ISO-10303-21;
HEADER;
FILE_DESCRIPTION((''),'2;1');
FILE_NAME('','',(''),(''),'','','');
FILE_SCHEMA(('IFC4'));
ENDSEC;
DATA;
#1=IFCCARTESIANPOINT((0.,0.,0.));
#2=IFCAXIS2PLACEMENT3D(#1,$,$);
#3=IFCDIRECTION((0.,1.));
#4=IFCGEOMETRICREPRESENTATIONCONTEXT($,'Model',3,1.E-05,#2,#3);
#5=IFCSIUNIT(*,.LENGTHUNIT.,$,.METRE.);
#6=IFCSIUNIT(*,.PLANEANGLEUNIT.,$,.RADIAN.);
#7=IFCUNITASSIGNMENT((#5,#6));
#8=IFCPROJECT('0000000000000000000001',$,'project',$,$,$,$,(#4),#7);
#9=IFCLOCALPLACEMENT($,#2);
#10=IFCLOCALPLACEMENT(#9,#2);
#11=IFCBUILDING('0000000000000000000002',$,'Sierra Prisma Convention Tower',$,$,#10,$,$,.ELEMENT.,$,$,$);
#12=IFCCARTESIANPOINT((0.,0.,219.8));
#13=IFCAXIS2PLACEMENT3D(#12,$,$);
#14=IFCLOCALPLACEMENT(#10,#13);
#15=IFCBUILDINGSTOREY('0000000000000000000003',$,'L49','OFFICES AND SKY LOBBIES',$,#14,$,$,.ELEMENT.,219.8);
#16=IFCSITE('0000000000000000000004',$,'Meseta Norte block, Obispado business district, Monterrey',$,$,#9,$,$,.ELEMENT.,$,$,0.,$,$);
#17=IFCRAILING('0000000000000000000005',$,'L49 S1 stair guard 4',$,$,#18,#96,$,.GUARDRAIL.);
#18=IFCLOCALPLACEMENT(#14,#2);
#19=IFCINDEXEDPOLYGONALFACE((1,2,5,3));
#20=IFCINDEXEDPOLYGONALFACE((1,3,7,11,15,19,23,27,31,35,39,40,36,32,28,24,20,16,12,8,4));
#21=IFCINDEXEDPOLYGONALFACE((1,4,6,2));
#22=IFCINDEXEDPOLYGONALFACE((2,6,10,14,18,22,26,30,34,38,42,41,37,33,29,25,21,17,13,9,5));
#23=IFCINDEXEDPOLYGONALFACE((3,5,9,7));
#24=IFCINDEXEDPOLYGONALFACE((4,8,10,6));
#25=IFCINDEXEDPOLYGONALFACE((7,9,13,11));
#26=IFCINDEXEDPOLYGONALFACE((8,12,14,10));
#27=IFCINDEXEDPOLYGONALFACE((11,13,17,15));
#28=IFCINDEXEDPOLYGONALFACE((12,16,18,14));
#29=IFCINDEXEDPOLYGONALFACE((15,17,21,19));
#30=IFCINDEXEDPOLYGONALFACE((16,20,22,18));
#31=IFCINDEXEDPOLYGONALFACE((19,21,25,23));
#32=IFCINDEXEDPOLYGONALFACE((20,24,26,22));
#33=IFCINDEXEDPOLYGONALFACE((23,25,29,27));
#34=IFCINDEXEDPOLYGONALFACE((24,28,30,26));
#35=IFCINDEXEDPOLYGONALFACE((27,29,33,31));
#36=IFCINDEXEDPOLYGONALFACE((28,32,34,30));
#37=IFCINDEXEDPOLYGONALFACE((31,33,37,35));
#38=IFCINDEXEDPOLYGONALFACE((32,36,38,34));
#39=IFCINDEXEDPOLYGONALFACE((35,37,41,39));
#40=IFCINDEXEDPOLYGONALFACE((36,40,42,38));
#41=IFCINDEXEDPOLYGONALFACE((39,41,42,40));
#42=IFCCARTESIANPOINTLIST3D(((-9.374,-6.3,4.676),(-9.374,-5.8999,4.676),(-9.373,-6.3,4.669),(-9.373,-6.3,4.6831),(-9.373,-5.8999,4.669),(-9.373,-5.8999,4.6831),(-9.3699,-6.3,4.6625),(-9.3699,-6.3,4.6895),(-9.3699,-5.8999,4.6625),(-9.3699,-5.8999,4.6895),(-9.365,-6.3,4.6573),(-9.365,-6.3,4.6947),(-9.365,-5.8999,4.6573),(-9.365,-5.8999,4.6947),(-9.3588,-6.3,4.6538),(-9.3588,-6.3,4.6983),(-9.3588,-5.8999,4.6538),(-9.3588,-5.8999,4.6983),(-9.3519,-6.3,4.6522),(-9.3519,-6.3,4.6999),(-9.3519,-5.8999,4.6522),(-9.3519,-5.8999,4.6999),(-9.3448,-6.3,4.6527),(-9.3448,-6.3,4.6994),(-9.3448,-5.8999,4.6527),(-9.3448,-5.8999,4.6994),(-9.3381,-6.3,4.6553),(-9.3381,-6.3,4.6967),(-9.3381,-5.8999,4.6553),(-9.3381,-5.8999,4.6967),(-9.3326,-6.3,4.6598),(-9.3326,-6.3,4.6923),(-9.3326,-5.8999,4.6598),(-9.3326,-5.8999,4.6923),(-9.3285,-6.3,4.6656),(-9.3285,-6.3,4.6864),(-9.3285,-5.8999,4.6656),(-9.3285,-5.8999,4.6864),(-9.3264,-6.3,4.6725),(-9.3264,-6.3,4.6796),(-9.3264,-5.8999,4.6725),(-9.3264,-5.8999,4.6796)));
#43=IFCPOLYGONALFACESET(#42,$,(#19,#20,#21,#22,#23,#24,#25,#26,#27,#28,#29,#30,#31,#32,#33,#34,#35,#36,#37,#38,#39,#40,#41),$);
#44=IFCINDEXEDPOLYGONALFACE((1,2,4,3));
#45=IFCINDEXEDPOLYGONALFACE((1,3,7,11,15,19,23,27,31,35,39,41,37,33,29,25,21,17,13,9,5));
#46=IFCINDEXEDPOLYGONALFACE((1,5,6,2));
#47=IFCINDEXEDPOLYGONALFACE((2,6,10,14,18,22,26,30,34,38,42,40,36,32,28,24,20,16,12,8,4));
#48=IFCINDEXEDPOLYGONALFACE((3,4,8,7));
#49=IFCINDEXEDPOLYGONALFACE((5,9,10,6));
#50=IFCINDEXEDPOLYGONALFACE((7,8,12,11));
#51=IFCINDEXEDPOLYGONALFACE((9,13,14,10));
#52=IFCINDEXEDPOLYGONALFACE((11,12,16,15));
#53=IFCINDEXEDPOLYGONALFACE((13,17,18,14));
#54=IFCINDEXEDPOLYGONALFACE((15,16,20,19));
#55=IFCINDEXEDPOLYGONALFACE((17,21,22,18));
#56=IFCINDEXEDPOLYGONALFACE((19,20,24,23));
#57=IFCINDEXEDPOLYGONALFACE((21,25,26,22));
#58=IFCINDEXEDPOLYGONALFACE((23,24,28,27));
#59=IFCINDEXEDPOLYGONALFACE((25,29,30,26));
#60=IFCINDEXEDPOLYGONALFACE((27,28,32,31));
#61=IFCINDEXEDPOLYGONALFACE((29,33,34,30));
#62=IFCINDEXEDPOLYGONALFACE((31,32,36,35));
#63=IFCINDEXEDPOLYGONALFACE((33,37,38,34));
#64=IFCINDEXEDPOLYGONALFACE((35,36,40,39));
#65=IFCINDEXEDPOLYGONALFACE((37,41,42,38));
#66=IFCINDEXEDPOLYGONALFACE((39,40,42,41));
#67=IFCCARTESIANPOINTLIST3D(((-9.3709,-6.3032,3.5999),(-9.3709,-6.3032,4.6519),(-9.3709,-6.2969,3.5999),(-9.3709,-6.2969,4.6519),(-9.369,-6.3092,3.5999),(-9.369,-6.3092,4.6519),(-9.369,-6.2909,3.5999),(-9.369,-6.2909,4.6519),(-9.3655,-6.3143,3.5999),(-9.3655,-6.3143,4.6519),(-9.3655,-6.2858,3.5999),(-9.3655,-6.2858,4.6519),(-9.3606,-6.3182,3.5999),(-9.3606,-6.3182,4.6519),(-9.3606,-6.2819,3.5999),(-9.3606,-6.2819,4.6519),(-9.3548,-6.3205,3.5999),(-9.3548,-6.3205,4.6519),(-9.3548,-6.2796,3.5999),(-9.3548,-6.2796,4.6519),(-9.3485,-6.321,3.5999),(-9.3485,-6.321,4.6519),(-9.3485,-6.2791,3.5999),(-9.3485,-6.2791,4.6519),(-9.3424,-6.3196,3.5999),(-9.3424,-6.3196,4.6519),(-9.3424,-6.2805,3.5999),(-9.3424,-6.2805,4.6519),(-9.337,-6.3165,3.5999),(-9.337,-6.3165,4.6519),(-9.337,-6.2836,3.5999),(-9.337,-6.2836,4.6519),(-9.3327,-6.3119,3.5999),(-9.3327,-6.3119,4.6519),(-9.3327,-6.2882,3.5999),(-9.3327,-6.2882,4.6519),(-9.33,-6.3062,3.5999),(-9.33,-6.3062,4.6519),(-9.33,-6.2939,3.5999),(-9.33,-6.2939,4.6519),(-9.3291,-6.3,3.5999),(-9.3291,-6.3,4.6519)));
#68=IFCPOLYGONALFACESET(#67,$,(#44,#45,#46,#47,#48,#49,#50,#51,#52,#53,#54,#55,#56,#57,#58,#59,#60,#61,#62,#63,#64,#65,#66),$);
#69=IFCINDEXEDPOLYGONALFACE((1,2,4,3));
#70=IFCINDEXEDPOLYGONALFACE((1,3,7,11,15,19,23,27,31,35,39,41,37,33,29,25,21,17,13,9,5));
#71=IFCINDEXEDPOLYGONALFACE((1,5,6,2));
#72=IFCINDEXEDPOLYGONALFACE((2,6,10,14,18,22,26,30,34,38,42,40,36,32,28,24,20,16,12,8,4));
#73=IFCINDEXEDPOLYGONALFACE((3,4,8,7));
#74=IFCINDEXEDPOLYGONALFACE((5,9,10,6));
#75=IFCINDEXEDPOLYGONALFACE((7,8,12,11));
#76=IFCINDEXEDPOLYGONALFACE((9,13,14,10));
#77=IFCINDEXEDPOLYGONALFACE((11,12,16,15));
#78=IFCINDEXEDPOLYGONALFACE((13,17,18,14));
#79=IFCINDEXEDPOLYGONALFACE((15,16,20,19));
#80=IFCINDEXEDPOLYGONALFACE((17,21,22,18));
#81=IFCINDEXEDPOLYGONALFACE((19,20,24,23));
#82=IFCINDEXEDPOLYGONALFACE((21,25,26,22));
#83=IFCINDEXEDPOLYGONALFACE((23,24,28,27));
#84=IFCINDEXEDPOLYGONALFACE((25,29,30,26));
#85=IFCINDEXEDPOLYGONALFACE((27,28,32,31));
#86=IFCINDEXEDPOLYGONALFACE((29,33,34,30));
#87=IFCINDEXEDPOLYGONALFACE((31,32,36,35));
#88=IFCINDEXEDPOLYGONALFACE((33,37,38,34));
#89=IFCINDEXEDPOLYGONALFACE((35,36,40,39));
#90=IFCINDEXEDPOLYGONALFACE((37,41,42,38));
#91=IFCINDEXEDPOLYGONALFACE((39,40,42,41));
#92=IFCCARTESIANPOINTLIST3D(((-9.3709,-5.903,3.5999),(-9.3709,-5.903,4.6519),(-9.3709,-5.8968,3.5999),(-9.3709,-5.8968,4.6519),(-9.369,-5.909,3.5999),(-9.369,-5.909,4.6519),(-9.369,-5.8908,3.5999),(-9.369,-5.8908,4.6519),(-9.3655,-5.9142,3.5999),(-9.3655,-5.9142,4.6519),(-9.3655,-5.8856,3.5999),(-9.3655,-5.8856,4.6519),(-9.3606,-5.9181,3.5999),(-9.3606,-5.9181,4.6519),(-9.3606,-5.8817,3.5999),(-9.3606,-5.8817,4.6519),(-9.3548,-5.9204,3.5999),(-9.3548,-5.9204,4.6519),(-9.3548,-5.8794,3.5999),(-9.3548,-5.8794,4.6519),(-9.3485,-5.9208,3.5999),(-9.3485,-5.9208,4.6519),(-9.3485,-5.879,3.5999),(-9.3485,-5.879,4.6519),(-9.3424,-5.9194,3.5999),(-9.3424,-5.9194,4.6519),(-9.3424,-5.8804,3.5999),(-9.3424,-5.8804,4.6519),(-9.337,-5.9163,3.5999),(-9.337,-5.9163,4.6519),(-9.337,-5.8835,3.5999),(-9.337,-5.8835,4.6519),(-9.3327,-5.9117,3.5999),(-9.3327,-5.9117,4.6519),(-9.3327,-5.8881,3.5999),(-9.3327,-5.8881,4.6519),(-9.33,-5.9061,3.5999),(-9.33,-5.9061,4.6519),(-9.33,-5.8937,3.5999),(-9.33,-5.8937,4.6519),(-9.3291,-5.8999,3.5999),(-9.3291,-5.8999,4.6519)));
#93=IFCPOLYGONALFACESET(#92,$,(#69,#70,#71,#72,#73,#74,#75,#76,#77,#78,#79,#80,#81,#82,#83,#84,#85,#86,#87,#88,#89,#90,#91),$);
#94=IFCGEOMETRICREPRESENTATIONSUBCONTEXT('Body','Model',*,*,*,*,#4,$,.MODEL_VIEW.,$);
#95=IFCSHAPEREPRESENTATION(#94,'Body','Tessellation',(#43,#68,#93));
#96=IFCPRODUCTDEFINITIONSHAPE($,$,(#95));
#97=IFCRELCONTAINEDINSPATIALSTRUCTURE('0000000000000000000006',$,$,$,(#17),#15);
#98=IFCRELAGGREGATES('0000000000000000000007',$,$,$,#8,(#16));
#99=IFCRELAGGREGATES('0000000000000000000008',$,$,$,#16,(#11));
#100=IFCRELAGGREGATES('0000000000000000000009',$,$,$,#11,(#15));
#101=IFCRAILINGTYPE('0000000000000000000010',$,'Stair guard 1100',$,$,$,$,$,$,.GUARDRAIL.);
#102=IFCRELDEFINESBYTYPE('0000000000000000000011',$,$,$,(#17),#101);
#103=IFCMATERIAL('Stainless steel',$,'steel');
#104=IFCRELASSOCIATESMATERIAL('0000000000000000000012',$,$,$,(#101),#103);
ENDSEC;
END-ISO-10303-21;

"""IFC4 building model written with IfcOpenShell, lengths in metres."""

from ifc_helpers import new_model, si_unit, direction, frame, origin, origin_2d, place, context, subcontext, project, spatial, circle, extrude, material, type_object, element, save


model = new_model("IFC4")

# Units and contexts
model_context = context("Model", 3, precision=1e-05, world=origin(), true_north=direction((0.0, 1.0)))
body_context = subcontext(model_context, "Body", "Model", "MODEL_VIEW")
ifc_project = project(units=[si_unit("LENGTHUNIT", "METRE"), si_unit("PLANEANGLEUNIT", "RADIAN")], contexts=[model_context])

# Site, building, storey
site_placement = place(None, origin())
site = spatial("IfcSite", under=ifc_project, at=site_placement, Name="Meseta Norte block, Obispado business district, Monterrey", CompositionType="ELEMENT", RefElevation=0.0)
building_placement = place(site_placement, origin())
building = spatial("IfcBuilding", under=site, at=building_placement, Name="Sierra Prisma Convention Tower", CompositionType="ELEMENT")
storey_placement = place(building_placement, frame((0.0, 0.0, 219.8)))
storey = spatial("IfcBuildingStorey", under=building, at=storey_placement, Name="L49", Description="OFFICES AND SKY LOBBIES", CompositionType="ELEMENT", Elevation=219.8)

# Railing
ifc_material_1 = material(Name="Stainless steel", Category="steel")
railing_type_1 = type_object("IfcRailingType", Name="Stair guard 1100", PredefinedType="GUARDRAIL", material=ifc_material_1)
railing_1_placement = place(storey_placement, frame((-9.3501, -6.3, 3.5999)))
element("IfcRailing", 1, at=railing_1_placement, inside=storey, type_object=railing_type_1, Name="L49 S1 stair guard 4", PredefinedType="GUARDRAIL", context=body_context, shape_type="SweptSolid", body=[
    extrude(circle(Radius=0.0239, at=origin_2d()), frame((0.0, 0.0, 1.0762), z_axis=(0.0, 1.0, 0.0), x_axis=(-1.0, 0.0, 0.0)), (0.0, 0.0, 1.0), 0.4001),
    extrude(circle(Radius=0.021, at=origin_2d()), origin(), (0.0, 0.0, 1.0), 1.052),
    extrude(circle(Radius=0.021, at=origin_2d()), frame((0.0, 0.4001, 0.0)), (0.0, 0.0, 1.0), 1.052),
])

save(model, "model.ifc")
